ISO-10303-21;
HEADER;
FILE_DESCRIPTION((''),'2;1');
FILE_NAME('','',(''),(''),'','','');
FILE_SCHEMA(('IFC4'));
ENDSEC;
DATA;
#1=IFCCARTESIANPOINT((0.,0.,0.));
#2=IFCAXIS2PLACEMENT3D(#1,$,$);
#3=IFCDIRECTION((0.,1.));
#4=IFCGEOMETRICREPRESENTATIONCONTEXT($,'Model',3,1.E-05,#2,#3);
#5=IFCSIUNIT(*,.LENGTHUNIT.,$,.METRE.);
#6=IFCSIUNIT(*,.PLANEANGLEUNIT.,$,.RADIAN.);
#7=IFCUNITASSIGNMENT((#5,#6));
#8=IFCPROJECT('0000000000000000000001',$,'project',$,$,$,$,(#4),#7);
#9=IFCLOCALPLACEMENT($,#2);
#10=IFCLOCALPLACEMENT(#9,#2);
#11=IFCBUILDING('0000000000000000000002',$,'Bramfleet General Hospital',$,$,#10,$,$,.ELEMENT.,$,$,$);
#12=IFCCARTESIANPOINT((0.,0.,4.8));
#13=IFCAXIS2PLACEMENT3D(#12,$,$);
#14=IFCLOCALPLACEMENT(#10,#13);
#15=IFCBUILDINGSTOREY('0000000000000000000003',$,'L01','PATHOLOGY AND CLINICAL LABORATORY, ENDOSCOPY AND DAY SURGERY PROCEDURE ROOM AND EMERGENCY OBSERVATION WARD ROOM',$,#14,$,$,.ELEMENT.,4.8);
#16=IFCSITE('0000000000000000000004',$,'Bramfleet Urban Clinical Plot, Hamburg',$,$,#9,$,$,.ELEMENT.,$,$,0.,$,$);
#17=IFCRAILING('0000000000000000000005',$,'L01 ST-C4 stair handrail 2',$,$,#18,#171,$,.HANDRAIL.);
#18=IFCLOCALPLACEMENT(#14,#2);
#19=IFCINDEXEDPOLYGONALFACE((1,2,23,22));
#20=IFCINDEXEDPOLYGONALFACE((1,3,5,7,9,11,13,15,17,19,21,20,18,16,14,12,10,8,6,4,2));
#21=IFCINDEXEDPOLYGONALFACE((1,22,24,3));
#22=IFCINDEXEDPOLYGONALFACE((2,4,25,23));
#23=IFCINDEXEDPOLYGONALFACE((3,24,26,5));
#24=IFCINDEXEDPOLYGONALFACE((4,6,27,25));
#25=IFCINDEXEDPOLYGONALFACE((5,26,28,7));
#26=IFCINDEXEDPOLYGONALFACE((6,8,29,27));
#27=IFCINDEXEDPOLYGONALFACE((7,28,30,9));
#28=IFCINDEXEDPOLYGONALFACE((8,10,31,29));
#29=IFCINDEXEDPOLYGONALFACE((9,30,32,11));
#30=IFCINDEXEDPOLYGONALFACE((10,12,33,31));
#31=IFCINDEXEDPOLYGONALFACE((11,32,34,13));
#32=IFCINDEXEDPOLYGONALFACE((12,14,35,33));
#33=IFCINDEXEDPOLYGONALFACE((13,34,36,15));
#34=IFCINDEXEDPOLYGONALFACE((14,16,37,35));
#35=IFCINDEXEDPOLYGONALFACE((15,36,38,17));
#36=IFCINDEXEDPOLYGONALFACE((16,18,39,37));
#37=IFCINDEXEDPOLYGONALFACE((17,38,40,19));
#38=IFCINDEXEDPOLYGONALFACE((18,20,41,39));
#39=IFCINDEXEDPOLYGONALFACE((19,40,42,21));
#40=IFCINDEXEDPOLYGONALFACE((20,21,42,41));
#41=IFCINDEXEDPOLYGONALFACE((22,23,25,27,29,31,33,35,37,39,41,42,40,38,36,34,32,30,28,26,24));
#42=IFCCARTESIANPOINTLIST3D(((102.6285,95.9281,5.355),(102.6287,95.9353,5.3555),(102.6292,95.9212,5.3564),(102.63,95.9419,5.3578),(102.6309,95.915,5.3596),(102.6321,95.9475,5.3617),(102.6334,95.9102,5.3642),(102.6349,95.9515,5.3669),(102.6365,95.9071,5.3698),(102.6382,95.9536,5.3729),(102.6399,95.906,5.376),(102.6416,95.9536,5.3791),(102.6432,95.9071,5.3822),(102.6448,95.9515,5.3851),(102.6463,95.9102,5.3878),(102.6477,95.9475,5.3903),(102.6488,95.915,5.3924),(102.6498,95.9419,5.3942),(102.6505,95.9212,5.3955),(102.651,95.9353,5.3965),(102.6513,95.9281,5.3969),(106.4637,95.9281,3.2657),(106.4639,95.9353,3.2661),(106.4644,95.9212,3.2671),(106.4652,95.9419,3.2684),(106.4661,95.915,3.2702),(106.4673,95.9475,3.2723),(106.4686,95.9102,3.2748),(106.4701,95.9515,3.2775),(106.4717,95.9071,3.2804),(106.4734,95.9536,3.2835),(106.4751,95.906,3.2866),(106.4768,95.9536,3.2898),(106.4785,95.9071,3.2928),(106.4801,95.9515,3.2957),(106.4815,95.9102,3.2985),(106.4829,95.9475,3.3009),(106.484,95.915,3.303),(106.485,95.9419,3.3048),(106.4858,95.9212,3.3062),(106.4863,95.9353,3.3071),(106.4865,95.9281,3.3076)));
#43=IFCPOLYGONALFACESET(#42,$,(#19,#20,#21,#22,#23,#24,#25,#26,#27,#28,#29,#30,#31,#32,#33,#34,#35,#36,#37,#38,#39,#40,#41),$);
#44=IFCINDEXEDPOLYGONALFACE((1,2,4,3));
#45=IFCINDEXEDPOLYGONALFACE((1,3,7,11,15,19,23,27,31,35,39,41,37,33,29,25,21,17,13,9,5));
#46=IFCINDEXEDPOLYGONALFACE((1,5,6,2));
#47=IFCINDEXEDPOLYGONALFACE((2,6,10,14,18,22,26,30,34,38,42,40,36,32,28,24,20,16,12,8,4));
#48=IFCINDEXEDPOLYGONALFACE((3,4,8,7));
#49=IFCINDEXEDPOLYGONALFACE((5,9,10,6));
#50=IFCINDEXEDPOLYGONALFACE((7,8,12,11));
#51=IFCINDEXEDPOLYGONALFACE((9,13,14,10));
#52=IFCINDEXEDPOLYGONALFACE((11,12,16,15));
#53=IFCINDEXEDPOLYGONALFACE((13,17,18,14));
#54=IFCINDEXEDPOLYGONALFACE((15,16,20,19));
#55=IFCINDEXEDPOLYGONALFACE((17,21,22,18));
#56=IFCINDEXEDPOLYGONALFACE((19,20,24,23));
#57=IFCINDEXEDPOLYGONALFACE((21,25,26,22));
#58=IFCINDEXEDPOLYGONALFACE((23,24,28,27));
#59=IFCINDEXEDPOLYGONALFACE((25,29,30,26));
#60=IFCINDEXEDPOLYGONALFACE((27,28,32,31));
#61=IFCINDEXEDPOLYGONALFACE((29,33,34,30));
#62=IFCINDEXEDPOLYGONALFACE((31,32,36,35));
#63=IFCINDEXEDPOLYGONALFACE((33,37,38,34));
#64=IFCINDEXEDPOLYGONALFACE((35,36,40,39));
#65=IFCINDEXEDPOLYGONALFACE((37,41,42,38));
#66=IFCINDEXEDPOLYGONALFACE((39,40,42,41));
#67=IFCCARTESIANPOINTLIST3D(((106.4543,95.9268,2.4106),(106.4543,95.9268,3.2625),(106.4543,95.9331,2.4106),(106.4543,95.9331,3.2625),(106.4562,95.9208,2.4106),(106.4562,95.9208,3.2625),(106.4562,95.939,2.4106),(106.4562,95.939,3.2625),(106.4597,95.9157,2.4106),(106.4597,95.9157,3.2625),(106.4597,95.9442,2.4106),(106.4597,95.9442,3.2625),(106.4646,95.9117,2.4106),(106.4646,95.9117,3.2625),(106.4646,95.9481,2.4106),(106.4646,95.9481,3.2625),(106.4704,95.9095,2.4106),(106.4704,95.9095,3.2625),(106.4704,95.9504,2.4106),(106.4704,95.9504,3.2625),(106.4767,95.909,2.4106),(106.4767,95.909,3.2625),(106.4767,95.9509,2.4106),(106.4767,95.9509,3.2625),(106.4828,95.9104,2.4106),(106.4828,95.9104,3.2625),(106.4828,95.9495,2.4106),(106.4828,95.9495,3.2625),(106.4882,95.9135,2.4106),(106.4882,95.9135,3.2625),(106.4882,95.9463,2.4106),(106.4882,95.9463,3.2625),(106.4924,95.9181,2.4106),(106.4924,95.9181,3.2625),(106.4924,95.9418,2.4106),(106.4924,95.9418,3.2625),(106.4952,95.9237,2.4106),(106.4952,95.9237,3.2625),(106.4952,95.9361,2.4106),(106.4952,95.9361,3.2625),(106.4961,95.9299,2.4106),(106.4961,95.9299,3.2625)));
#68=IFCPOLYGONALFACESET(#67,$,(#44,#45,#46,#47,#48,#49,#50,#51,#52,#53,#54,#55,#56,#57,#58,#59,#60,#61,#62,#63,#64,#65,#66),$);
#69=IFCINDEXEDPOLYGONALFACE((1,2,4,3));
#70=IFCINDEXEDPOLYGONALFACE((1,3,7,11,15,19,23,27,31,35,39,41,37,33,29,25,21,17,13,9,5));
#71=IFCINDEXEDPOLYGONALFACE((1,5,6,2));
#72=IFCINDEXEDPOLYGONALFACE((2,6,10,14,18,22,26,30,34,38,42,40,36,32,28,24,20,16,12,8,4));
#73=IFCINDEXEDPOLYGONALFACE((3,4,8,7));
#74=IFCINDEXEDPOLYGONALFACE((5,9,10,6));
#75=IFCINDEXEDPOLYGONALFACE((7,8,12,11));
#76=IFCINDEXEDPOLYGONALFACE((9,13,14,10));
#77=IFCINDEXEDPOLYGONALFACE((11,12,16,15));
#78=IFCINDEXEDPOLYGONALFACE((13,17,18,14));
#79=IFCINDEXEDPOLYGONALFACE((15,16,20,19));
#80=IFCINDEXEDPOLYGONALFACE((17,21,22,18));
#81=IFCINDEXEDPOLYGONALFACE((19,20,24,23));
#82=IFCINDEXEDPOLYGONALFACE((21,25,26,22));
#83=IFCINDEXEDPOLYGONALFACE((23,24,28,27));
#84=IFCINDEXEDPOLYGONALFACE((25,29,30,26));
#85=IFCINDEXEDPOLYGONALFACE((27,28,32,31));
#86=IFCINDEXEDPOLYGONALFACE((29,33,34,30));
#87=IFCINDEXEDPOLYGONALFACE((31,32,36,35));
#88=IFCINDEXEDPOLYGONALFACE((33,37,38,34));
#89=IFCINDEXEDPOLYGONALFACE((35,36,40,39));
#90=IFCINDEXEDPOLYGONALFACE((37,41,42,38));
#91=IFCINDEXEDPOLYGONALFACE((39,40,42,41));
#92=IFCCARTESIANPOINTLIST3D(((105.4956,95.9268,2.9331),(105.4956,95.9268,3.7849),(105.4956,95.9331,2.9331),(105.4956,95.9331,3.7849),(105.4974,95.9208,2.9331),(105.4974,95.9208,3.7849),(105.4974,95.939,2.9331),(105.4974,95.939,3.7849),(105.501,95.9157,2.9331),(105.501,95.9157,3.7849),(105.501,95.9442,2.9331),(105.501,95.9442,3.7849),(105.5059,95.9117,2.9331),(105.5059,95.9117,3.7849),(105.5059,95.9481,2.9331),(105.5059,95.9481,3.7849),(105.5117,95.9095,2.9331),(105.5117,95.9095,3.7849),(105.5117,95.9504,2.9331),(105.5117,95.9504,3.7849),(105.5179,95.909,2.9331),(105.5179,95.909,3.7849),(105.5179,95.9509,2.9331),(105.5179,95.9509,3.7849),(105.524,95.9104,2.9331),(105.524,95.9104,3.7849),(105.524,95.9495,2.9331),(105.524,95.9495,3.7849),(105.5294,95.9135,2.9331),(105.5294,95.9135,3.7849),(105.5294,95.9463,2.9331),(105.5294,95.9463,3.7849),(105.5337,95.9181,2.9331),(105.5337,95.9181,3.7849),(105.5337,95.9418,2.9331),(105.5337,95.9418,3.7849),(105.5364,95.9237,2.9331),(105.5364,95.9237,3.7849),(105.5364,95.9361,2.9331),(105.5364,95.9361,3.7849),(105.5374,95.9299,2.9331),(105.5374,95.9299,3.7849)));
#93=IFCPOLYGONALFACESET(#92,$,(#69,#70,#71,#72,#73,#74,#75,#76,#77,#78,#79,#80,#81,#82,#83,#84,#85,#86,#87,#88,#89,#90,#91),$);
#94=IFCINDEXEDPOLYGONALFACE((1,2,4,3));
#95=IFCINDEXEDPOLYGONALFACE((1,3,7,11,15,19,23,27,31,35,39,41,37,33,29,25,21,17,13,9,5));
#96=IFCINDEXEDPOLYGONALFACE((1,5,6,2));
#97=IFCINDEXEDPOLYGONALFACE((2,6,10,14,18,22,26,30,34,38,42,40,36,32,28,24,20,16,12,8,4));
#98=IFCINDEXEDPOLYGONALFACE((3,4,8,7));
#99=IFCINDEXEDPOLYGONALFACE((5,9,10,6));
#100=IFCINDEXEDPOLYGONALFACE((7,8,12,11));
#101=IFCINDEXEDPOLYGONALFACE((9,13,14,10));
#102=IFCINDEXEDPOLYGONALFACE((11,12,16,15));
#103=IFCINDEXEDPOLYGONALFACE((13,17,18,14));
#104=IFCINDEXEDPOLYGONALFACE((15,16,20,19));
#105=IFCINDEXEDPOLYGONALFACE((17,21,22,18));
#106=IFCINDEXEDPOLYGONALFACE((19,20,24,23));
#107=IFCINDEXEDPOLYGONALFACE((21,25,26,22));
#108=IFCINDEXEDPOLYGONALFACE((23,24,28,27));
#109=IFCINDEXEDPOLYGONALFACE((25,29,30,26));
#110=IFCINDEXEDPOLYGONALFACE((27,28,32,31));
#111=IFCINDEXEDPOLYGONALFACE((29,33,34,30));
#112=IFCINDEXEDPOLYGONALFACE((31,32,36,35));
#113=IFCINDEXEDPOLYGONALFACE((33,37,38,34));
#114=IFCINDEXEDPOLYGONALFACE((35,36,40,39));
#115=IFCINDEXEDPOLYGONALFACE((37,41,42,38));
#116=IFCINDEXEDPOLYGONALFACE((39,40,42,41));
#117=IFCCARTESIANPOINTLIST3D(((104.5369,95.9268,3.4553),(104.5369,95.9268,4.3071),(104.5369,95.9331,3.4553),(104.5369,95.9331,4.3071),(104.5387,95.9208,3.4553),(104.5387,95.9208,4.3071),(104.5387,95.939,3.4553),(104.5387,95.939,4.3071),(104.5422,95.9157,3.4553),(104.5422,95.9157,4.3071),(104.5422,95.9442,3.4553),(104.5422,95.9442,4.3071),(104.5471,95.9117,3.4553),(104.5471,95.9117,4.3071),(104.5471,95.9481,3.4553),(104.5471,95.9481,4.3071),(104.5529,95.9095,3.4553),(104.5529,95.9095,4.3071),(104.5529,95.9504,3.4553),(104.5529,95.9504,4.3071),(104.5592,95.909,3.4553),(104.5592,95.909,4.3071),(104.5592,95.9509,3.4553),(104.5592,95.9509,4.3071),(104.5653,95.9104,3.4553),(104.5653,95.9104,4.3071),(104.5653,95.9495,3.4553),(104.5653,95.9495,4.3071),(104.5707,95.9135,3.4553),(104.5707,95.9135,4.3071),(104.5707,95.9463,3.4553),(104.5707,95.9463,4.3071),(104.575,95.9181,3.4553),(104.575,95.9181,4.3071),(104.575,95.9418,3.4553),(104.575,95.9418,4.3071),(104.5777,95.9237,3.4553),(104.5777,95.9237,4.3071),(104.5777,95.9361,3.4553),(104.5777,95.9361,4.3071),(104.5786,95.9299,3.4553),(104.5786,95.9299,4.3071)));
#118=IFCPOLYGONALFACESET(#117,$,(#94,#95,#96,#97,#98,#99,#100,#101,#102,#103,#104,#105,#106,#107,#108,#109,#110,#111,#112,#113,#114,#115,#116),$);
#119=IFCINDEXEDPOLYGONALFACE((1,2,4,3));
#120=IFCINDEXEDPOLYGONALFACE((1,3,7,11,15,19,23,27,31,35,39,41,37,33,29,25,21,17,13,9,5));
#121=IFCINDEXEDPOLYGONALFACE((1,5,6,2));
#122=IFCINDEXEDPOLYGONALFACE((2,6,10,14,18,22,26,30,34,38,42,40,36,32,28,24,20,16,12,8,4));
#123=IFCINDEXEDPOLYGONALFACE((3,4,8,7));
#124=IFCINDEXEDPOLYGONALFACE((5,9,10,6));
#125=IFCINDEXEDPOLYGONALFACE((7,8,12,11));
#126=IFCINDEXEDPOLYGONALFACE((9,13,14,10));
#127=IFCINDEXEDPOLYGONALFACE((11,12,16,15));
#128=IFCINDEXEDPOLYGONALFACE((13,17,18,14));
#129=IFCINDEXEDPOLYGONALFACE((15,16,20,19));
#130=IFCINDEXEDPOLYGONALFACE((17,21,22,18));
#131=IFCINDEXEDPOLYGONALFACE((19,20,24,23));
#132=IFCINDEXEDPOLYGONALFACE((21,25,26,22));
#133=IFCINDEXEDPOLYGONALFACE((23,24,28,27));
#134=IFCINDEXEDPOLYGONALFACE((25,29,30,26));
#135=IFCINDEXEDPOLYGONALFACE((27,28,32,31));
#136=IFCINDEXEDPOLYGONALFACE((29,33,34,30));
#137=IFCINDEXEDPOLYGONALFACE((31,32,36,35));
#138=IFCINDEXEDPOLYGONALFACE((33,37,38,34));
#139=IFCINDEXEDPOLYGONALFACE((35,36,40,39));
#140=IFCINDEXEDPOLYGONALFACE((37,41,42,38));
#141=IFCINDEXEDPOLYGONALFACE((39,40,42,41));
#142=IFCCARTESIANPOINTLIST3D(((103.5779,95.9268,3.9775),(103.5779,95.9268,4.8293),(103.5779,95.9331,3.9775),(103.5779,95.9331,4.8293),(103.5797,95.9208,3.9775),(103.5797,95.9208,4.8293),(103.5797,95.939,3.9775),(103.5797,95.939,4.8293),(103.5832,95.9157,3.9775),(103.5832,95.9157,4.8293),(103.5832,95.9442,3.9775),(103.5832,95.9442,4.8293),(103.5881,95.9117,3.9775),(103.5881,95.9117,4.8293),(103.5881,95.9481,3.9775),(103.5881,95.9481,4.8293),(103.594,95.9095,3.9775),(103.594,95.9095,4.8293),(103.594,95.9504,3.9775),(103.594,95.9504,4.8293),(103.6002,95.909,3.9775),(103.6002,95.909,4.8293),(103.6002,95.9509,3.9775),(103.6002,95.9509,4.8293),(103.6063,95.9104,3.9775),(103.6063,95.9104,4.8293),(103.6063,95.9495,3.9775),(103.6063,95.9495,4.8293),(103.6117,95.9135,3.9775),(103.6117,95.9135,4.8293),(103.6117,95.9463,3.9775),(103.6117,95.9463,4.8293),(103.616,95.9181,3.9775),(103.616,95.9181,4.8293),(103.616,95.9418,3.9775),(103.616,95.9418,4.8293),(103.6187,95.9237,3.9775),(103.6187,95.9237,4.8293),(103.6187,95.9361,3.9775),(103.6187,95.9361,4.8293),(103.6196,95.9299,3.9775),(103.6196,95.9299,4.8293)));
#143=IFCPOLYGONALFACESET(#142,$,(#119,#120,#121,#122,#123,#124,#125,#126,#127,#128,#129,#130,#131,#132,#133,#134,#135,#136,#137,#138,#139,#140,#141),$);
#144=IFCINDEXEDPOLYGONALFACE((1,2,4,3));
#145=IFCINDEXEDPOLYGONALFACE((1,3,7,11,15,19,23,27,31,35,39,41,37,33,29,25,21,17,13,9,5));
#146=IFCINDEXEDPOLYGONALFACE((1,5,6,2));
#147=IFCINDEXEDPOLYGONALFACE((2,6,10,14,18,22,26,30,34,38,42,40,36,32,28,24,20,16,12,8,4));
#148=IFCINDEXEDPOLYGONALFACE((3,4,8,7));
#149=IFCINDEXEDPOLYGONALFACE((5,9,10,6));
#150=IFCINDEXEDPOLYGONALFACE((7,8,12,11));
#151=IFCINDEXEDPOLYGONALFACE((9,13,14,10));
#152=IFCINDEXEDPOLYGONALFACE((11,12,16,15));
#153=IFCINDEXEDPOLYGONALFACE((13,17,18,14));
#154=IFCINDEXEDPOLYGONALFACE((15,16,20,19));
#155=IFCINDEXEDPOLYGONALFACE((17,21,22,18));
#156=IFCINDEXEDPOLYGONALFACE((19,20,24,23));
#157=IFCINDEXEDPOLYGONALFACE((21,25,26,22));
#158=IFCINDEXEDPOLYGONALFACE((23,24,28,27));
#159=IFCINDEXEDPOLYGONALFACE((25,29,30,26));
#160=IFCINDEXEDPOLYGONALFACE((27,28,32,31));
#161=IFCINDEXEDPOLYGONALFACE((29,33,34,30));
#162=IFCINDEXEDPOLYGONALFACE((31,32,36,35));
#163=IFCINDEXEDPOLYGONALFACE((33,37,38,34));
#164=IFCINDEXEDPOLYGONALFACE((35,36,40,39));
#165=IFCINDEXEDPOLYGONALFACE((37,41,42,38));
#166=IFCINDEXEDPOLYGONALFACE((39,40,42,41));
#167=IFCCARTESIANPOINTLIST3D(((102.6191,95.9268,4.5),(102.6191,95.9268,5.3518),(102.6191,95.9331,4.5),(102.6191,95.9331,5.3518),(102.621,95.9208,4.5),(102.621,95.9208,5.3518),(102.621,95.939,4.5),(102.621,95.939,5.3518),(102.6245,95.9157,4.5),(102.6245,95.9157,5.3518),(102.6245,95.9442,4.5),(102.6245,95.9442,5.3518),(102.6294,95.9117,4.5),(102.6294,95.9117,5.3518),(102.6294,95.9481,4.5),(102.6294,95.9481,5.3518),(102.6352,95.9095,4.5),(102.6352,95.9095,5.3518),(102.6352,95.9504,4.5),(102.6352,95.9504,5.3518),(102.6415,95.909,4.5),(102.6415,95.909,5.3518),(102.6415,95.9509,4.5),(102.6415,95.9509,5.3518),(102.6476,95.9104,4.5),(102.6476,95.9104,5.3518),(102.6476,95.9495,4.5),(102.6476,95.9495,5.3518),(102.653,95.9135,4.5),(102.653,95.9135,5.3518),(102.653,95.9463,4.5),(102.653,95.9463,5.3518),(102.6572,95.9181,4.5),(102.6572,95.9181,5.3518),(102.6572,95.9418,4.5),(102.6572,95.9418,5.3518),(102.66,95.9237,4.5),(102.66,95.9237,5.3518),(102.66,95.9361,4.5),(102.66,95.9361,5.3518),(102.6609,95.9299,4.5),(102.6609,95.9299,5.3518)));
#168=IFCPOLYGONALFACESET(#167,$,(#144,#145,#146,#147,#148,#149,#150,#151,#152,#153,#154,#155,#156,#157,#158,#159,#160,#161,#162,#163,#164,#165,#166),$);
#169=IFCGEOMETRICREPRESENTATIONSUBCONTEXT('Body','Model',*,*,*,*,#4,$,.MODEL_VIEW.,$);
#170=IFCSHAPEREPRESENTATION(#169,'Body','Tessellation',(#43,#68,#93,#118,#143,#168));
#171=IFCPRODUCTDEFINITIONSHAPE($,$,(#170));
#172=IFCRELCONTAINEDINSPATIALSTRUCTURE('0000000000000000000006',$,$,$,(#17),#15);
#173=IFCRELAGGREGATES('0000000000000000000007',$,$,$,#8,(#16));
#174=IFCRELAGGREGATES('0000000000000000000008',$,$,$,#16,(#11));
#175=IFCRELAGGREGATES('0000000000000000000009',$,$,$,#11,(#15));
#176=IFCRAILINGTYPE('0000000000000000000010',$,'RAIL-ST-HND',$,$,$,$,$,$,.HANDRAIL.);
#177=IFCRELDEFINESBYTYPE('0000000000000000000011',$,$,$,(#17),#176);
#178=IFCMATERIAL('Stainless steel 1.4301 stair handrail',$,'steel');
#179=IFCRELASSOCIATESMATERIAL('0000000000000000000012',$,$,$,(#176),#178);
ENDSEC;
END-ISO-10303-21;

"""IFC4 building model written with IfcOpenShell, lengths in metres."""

from ifc_helpers import new_model, si_unit, direction, frame, origin, origin_2d, place, context, subcontext, project, spatial, circle, extrude, material, type_object, element, save


model = new_model("IFC4")

# Units and contexts
model_context = context("Model", 3, precision=1e-05, world=origin(), true_north=direction((0.0, 1.0)))
body_context = subcontext(model_context, "Body", "Model", "MODEL_VIEW")
ifc_project = project(units=[si_unit("LENGTHUNIT", "METRE"), si_unit("PLANEANGLEUNIT", "RADIAN")], contexts=[model_context])

# Site, building, storey
site_placement = place(None, origin())
site = spatial("IfcSite", under=ifc_project, at=site_placement, Name="Bramfleet Urban Clinical Plot, Hamburg", CompositionType="ELEMENT", RefElevation=0.0)
building_placement = place(site_placement, origin())
building = spatial("IfcBuilding", under=site, at=building_placement, Name="Bramfleet General Hospital", CompositionType="ELEMENT")
storey_placement = place(building_placement, frame((0.0, 0.0, 4.8)))
storey = spatial("IfcBuildingStorey", under=building, at=storey_placement, Name="L01", Description="PATHOLOGY AND CLINICAL LABORATORY, ENDOSCOPY AND DAY SURGERY PROCEDURE ROOM AND EMERGENCY OBSERVATION WARD ROOM", CompositionType="ELEMENT", Elevation=4.8)

# Railing
ifc_material_1 = material(Name="Stainless steel 1.4301 stair handrail", Category="steel")
railing_type_1 = type_object("IfcRailingType", Name="RAIL-ST-HND", PredefinedType="HANDRAIL", material=ifc_material_1)
railing_1_placement = place(storey_placement, frame((106.4751, 95.9299, 2.4106)))
element("IfcRailing", 1, at=railing_1_placement, inside=storey, type_object=railing_type_1, Name="L01 ST-C4 stair handrail 2", PredefinedType="HANDRAIL", context=body_context, shape_type="SweptSolid", body=[
    extrude(circle(Radius=0.0239, at=origin_2d()), frame((0.0, 0.0, 0.876), z_axis=(-0.878143, 0.0, 0.478398), x_axis=(0.0, -1.0, 0.0)), (0.0, 0.0, 1.0), 4.3674),
    extrude(circle(Radius=0.021, at=origin_2d()), origin(), (0.0, 0.0, 1.0), 0.8518),
    extrude(circle(Radius=0.021, at=origin_2d()), frame((-0.9587, 0.0, 0.5225)), (0.0, 0.0, 1.0), 0.8518),
    extrude(circle(Radius=0.021, at=origin_2d()), frame((-1.9175, 0.0, 1.0447)), (0.0, 0.0, 1.0), 0.8518),
    extrude(circle(Radius=0.021, at=origin_2d()), frame((-2.8765, 0.0, 1.5669)), (0.0, 0.0, 1.0), 0.8518),
    extrude(circle(Radius=0.021, at=origin_2d()), frame((-3.8352, 0.0, 2.0894)), (0.0, 0.0, 1.0), 0.8518),
])

save(model, "model.ifc")
